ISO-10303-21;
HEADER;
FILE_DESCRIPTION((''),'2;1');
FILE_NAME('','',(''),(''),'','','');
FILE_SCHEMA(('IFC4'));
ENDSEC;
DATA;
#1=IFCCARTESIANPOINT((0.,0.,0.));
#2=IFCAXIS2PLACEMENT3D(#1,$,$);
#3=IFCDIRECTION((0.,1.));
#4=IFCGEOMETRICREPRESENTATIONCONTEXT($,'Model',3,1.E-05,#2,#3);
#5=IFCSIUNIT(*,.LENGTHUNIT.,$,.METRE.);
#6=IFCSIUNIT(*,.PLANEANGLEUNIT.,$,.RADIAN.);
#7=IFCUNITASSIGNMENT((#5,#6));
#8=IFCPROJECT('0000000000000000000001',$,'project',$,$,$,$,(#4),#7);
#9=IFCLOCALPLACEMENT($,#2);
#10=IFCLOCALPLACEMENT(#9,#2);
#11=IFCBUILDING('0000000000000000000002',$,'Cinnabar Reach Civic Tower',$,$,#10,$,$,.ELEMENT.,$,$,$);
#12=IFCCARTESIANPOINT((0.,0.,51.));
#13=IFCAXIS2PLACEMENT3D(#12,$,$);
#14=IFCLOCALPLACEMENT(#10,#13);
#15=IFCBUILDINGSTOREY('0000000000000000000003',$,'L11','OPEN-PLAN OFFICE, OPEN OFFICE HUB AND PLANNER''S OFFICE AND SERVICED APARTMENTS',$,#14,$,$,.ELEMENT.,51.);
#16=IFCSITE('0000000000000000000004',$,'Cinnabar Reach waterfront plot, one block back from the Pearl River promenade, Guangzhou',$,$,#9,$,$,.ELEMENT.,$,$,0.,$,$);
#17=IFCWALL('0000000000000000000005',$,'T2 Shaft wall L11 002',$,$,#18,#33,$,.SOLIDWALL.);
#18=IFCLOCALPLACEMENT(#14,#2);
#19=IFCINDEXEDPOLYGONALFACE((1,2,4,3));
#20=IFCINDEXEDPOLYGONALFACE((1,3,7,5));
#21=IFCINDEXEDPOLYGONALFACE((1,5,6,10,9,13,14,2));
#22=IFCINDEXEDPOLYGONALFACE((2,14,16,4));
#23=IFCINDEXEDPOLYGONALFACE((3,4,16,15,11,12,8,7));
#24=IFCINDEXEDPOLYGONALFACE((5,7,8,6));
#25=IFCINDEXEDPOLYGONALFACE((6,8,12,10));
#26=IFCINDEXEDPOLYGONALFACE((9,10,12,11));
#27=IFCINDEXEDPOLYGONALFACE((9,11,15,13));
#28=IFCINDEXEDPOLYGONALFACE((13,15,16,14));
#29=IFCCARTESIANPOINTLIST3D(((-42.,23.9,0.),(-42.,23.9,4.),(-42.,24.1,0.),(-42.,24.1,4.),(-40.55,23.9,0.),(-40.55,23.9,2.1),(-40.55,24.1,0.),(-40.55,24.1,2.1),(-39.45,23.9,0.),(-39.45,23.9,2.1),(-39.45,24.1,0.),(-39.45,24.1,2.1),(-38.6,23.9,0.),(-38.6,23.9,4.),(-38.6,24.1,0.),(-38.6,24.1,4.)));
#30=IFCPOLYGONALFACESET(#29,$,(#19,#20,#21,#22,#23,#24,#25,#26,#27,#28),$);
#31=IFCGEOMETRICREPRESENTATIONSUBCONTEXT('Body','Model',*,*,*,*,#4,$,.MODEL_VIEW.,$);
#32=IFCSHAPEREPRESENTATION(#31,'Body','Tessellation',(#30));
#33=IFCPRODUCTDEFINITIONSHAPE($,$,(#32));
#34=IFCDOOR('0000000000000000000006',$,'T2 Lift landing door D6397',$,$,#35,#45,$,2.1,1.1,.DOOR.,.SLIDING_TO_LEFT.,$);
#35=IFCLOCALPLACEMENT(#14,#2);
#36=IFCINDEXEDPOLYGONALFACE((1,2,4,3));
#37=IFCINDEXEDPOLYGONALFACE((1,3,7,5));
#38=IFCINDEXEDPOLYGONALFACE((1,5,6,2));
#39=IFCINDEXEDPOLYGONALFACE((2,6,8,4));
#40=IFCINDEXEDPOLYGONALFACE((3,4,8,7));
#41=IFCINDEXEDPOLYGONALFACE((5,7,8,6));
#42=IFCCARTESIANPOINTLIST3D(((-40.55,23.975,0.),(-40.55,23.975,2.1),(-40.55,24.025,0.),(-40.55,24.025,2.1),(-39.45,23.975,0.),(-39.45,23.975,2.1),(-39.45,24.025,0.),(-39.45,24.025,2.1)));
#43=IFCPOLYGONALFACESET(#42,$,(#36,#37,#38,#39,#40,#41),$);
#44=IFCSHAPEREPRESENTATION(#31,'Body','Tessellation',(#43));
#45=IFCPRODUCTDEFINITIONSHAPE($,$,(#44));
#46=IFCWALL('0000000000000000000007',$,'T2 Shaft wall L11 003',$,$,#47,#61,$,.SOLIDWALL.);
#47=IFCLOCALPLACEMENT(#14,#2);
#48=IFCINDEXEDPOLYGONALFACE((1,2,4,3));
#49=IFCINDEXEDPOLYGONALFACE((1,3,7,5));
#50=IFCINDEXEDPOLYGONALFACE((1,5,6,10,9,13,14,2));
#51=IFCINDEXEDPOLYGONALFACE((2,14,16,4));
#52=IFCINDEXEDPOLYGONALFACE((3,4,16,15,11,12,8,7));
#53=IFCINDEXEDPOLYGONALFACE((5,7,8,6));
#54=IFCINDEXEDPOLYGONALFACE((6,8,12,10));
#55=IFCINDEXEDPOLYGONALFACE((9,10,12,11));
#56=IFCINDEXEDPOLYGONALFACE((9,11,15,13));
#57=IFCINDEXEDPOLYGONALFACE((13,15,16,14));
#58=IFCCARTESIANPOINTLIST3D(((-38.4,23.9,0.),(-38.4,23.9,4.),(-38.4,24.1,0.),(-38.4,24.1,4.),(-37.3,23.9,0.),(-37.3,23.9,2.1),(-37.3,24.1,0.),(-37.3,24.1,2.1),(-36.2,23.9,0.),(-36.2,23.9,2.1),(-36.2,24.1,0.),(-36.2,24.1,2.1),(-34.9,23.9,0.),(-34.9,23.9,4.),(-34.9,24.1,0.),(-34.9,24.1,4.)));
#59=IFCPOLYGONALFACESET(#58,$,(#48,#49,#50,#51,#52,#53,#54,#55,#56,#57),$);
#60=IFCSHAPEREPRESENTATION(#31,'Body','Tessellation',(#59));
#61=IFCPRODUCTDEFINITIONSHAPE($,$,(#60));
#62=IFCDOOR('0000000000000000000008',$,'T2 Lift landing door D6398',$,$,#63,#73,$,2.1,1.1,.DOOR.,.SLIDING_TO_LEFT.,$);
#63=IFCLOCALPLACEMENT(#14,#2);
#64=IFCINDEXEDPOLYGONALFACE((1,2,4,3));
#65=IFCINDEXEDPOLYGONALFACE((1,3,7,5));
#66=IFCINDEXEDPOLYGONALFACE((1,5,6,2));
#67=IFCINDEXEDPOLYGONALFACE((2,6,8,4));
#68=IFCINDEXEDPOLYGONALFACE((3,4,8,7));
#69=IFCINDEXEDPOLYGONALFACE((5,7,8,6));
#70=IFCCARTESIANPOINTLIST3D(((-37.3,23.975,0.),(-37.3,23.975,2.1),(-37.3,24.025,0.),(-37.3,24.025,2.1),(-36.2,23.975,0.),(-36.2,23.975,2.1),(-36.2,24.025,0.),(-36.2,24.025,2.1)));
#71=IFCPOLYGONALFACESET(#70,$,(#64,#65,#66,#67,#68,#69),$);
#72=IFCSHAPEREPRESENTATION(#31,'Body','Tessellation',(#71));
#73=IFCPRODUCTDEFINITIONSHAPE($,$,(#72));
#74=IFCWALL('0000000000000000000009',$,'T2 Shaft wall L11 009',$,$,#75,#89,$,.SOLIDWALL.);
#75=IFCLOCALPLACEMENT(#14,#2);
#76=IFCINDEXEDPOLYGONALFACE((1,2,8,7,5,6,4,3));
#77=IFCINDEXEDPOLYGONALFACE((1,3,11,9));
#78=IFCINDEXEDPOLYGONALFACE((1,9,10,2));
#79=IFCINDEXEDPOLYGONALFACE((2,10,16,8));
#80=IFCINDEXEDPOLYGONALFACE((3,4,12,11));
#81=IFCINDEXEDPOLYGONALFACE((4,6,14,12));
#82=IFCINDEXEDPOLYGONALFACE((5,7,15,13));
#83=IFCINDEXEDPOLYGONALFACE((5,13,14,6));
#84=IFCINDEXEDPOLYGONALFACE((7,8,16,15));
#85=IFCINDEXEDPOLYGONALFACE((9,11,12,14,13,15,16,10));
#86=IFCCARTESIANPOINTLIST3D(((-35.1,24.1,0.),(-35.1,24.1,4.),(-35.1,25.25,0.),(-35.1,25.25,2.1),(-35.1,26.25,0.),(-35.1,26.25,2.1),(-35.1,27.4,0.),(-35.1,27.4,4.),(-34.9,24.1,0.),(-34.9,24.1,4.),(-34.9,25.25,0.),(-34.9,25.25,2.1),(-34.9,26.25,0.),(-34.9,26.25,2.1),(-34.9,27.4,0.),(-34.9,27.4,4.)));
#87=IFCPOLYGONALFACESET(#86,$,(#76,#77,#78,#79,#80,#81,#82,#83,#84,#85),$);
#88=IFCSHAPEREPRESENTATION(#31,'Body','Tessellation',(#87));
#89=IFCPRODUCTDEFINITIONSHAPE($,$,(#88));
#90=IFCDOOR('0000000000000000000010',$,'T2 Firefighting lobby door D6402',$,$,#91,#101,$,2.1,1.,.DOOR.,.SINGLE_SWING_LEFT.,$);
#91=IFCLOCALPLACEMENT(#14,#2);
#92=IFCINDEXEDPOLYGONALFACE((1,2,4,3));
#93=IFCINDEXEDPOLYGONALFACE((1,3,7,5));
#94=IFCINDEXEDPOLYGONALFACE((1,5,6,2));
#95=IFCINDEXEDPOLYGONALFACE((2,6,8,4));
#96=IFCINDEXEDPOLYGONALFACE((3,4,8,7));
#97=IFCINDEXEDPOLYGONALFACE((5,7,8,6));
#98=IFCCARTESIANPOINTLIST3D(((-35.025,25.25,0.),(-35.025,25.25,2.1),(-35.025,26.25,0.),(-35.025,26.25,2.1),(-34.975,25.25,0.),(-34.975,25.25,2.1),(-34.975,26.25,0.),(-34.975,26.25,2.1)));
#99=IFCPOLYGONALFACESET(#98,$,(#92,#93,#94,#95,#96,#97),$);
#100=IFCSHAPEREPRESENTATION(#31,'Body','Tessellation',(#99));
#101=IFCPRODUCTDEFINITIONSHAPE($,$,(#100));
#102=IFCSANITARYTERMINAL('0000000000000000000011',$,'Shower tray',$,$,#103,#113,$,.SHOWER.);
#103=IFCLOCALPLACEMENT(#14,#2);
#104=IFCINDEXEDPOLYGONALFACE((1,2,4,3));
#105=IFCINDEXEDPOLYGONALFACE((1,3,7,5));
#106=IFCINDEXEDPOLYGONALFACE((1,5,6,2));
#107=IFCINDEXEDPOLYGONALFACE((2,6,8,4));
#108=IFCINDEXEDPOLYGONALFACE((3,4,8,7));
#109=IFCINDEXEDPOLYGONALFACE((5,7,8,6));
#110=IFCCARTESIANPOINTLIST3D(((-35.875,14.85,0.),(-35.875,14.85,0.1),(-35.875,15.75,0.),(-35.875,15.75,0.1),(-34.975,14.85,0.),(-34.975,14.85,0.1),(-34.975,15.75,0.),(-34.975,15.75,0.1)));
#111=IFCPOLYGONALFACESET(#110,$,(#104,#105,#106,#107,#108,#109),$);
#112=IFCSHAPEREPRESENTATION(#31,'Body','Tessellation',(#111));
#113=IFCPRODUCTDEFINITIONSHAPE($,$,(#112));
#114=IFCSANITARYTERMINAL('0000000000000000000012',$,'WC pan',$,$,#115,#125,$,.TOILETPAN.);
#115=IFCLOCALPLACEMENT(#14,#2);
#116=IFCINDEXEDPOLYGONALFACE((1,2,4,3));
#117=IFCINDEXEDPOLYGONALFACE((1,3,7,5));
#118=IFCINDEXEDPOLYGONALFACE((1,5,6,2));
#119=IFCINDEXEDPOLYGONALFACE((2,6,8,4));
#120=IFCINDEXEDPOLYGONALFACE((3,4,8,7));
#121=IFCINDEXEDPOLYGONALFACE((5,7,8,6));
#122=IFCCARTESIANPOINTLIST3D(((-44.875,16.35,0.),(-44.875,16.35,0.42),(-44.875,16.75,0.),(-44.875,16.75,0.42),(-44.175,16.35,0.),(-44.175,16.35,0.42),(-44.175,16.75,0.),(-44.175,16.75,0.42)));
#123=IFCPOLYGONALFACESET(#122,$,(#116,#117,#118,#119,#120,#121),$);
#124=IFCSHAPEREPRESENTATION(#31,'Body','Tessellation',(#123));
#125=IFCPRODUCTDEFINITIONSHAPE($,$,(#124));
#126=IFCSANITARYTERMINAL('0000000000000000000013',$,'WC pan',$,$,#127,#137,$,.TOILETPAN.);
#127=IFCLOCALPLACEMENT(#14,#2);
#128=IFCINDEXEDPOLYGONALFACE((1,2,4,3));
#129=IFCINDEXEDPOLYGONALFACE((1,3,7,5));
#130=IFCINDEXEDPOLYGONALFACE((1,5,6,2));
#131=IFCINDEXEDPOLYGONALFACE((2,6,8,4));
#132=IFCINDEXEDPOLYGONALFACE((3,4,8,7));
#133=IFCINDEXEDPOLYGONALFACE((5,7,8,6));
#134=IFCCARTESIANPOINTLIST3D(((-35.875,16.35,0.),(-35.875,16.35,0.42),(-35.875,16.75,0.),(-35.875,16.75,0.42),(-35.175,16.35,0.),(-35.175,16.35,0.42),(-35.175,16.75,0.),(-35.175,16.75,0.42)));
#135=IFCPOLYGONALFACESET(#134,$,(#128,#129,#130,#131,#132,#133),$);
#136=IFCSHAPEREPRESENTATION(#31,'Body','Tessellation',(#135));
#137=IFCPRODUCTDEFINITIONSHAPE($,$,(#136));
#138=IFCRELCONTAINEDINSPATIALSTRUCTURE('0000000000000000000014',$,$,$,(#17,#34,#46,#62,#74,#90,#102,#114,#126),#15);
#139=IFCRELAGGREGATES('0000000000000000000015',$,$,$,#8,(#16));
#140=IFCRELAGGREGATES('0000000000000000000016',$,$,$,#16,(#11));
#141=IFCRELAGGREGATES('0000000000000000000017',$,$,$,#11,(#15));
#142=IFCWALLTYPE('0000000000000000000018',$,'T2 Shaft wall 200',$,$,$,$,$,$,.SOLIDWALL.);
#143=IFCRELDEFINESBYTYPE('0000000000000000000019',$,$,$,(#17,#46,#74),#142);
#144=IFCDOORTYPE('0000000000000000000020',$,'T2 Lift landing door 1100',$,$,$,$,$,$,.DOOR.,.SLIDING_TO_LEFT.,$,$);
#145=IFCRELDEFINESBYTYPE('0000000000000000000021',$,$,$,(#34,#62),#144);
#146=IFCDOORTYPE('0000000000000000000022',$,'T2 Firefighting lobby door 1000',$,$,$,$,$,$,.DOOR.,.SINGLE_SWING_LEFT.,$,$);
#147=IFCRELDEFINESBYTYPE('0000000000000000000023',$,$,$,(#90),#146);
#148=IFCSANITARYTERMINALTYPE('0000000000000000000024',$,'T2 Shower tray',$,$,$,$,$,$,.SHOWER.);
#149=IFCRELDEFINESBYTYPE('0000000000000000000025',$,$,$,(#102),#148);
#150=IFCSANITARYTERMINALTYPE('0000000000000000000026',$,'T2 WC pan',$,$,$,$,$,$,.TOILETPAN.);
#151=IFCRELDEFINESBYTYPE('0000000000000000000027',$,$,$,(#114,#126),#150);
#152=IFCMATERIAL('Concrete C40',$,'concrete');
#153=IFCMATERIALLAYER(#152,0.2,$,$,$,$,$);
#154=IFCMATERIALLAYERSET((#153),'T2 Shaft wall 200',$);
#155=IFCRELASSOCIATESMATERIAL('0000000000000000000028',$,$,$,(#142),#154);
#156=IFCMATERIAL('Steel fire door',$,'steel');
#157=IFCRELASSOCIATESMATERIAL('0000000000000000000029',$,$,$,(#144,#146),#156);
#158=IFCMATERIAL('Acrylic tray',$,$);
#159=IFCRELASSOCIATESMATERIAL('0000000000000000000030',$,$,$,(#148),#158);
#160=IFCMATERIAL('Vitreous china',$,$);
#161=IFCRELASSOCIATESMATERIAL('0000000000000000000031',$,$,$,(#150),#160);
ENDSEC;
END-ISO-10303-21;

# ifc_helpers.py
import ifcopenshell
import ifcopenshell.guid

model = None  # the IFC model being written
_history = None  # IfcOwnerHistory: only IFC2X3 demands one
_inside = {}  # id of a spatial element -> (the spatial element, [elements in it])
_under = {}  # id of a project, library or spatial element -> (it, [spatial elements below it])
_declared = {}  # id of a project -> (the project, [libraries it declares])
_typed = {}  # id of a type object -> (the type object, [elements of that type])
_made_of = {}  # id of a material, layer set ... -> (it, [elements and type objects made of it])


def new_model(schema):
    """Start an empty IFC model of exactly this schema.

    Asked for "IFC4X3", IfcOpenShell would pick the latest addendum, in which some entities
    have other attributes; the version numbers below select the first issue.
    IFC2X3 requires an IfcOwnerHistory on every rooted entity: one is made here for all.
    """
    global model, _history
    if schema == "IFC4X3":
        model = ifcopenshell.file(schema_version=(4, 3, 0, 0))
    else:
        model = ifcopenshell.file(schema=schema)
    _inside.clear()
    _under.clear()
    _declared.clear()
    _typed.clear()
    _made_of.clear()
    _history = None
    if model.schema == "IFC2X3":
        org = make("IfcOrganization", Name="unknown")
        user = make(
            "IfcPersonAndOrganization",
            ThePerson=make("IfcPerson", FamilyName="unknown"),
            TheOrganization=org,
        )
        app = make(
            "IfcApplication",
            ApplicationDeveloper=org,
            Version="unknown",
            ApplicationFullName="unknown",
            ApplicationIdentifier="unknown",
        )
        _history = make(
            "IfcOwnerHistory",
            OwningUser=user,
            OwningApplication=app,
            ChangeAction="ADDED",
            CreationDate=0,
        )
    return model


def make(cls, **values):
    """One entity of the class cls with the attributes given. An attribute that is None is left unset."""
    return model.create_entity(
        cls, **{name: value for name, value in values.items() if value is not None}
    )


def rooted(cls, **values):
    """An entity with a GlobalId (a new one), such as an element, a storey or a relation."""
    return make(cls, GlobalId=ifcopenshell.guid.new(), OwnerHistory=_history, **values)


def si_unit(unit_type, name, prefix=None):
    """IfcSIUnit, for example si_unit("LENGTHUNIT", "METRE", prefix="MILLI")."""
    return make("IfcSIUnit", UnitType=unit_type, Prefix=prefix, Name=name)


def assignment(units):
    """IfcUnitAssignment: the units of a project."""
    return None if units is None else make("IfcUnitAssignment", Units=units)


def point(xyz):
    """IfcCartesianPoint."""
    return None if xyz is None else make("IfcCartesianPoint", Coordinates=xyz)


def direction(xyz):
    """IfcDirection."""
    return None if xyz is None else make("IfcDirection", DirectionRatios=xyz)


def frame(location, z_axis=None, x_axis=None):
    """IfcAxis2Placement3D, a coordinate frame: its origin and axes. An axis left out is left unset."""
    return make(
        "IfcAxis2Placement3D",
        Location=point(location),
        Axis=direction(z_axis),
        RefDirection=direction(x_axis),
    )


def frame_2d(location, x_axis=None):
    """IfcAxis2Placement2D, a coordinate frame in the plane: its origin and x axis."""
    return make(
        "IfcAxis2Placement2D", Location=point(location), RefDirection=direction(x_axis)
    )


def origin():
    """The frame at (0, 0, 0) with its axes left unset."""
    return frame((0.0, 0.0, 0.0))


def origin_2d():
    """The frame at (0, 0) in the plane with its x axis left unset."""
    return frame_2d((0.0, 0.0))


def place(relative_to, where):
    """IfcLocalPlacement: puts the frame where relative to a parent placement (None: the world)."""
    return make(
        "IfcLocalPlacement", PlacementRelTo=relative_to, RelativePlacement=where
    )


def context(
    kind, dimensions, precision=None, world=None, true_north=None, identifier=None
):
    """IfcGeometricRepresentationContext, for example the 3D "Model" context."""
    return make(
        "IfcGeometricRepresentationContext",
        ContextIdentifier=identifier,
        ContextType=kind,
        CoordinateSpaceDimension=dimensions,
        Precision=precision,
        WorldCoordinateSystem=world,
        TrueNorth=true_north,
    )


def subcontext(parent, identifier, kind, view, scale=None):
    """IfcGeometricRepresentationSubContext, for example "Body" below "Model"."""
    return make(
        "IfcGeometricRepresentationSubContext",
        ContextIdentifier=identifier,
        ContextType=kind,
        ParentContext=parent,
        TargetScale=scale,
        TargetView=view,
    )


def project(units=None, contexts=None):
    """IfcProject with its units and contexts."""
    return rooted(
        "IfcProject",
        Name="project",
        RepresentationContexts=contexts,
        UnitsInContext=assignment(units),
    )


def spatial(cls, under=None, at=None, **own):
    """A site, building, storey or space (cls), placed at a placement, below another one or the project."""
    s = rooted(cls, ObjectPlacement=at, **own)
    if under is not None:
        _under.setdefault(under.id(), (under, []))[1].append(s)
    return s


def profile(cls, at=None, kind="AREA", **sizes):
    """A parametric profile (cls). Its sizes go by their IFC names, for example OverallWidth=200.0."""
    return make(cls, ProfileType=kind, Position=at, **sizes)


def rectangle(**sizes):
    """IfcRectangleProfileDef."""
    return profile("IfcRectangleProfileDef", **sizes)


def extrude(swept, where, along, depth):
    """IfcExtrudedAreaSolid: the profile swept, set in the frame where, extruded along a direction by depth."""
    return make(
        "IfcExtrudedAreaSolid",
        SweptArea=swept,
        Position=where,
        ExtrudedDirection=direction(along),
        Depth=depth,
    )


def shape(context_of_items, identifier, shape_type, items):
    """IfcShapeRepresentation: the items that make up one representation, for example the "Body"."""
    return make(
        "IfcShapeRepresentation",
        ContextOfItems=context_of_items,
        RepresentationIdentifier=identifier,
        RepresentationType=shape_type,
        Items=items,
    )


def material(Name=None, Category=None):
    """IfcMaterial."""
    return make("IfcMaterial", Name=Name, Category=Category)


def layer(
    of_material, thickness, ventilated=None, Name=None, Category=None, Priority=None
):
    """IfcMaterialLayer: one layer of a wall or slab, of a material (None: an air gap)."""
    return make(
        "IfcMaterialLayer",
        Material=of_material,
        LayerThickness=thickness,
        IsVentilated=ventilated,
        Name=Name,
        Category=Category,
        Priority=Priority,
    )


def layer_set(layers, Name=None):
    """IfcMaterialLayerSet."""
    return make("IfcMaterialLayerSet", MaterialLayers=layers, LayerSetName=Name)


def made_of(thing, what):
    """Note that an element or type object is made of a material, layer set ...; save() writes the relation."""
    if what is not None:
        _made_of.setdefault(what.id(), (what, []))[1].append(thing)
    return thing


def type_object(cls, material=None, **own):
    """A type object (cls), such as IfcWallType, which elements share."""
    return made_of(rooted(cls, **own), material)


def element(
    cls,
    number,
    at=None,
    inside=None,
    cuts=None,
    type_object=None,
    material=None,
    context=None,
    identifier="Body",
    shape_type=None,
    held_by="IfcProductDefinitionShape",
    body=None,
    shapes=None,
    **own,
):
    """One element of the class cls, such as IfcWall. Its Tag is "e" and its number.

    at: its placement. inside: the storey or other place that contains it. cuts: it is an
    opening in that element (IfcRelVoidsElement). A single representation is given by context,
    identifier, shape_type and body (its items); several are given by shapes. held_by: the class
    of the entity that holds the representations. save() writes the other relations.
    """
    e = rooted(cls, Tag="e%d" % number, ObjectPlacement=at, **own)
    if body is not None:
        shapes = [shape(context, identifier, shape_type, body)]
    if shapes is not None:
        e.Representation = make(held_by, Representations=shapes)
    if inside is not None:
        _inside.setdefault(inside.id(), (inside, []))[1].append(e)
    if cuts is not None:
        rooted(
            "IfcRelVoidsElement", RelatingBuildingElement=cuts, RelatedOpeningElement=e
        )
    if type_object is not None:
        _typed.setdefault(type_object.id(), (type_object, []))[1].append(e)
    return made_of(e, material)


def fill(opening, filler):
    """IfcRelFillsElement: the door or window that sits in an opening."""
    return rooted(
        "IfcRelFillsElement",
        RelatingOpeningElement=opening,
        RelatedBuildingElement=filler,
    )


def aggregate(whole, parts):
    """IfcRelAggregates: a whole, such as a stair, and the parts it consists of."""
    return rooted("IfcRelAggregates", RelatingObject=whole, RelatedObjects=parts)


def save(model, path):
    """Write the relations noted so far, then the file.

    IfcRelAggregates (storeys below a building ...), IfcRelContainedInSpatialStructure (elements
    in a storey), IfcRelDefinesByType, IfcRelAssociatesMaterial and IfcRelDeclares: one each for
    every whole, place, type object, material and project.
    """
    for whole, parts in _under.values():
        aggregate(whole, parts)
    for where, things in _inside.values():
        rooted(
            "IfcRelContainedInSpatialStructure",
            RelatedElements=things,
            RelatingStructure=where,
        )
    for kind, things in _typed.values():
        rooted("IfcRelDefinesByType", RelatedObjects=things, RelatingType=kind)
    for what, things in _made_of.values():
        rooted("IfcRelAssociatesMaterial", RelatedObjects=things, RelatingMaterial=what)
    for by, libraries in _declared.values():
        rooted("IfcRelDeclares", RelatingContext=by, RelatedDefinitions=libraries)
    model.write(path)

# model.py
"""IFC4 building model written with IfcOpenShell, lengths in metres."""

from ifc_helpers import new_model, si_unit, direction, frame, frame_2d, origin, origin_2d, place, context, subcontext, project, spatial, rectangle, extrude, material, layer, layer_set, type_object, element, fill, save


model = new_model("IFC4")

# Units and contexts
model_context = context("Model", 3, precision=1e-05, world=origin(), true_north=direction((0.0, 1.0)))
body_context = subcontext(model_context, "Body", "Model", "MODEL_VIEW")
ifc_project = project(units=[si_unit("LENGTHUNIT", "METRE"), si_unit("PLANEANGLEUNIT", "RADIAN")], contexts=[model_context])

# Site, building, storey
site_placement = place(None, origin())
site = spatial("IfcSite", under=ifc_project, at=site_placement, Name="Cinnabar Reach waterfront plot, one block back from the Pearl River promenade, Guangzhou", CompositionType="ELEMENT", RefElevation=0.0)
building_placement = place(site_placement, origin())
building = spatial("IfcBuilding", under=site, at=building_placement, Name="Cinnabar Reach Civic Tower", CompositionType="ELEMENT")
storey_placement = place(building_placement, frame((0.0, 0.0, 51.0)))
storey = spatial("IfcBuildingStorey", under=building, at=storey_placement, Name="L11", Description="OPEN-PLAN OFFICE, OPEN OFFICE HUB AND PLANNER'S OFFICE AND SERVICED APARTMENTS", CompositionType="ELEMENT", Elevation=51.0)

# Shared definitions
ifc_material_1 = material(Name="Concrete C40", Category="concrete")
ifc_layer_1 = layer(ifc_material_1, 0.2)
ifc_layer_set_1 = layer_set([ifc_layer_1], Name="T2 Shaft wall 200")
wall_type_1 = type_object("IfcWallType", Name="T2 Shaft wall 200", PredefinedType="SOLIDWALL", material=ifc_layer_set_1)

# Walls, openings, doors
wall_1_placement = place(storey_placement, frame((-38.6, 24.0, 0.0), z_axis=(0.0, 0.0, 1.0), x_axis=(-1.0, 0.0, 0.0)))
wall_1 = element("IfcWall", 1, at=wall_1_placement, inside=storey, type_object=wall_type_1, Name="T2 Shaft wall L11 002", PredefinedType="SOLIDWALL", context=body_context, shape_type="SweptSolid", body=[
    extrude(rectangle(XDim=3.4, YDim=0.2, at=frame_2d((1.7, 0.0))), origin(), (0.0, 0.0, 1.0), 4.0),
])
opening_1_placement = place(wall_1_placement, frame((0.85, 0.0, 0.0)))
opening_1 = element("IfcOpeningElement", 2, at=opening_1_placement, cuts=wall_1, PredefinedType="OPENING", context=body_context, shape_type="SweptSolid", body=[
    extrude(rectangle(XDim=1.1, YDim=2.1, at=frame_2d((0.55, 1.05))), frame((0.0, 0.11, 0.0), z_axis=(0.0, -1.0, 0.0), x_axis=(1.0, 0.0, 0.0)), (0.0, 0.0, 1.0), 0.22),
])
ifc_material_2 = material(Name="Steel fire door", Category="steel")
door_type_1 = type_object("IfcDoorType", Name="T2 Lift landing door 1100", OperationType="SLIDING_TO_LEFT", PredefinedType="DOOR", material=ifc_material_2)
door_1_placement = place(opening_1_placement, origin())
door_1 = element("IfcDoor", 3, at=door_1_placement, inside=storey, type_object=door_type_1, Name="T2 Lift landing door D6397", OperationType="SLIDING_TO_LEFT", OverallHeight=2.1, OverallWidth=1.1, PredefinedType="DOOR", context=body_context, shape_type="SweptSolid", body=[
    extrude(rectangle(XDim=1.1, YDim=2.1, at=frame_2d((0.55, 1.05))), frame((0.0, 0.025, 0.0), z_axis=(0.0, -1.0, 0.0), x_axis=(1.0, 0.0, 0.0)), (0.0, 0.0, 1.0), 0.05),
])
fill(opening_1, door_1)
wall_2_placement = place(storey_placement, frame((-34.9, 24.0, 0.0), z_axis=(0.0, 0.0, 1.0), x_axis=(-1.0, 0.0, 0.0)))
wall_2 = element("IfcWall", 4, at=wall_2_placement, inside=storey, type_object=wall_type_1, Name="T2 Shaft wall L11 003", PredefinedType="SOLIDWALL", context=body_context, shape_type="SweptSolid", body=[
    extrude(rectangle(XDim=3.5, YDim=0.2, at=frame_2d((1.75, 0.0))), origin(), (0.0, 0.0, 1.0), 4.0),
])
opening_2_placement = place(wall_2_placement, frame((1.3, 0.0, 0.0)))
opening_2 = element("IfcOpeningElement", 5, at=opening_2_placement, cuts=wall_2, PredefinedType="OPENING", context=body_context, shape_type="SweptSolid", body=[
    extrude(rectangle(XDim=1.1, YDim=2.1, at=frame_2d((0.55, 1.05))), frame((0.0, 0.11, 0.0), z_axis=(0.0, -1.0, 0.0), x_axis=(1.0, 0.0, 0.0)), (0.0, 0.0, 1.0), 0.22),
])
door_2_placement = place(opening_2_placement, origin())
door_2 = element("IfcDoor", 6, at=door_2_placement, inside=storey, type_object=door_type_1, Name="T2 Lift landing door D6398", OperationType="SLIDING_TO_LEFT", OverallHeight=2.1, OverallWidth=1.1, PredefinedType="DOOR", context=body_context, shape_type="SweptSolid", body=[
    extrude(rectangle(XDim=1.1, YDim=2.1, at=frame_2d((0.55, 1.05))), frame((0.0, 0.025, 0.0), z_axis=(0.0, -1.0, 0.0), x_axis=(1.0, 0.0, 0.0)), (0.0, 0.0, 1.0), 0.05),
])
fill(opening_2, door_2)
wall_3_placement = place(storey_placement, frame((-35.0, 24.1, 0.0), z_axis=(0.0, 0.0, 1.0), x_axis=(0.0, 1.0, 0.0)))
wall_3 = element("IfcWall", 7, at=wall_3_placement, inside=storey, type_object=wall_type_1, Name="T2 Shaft wall L11 009", PredefinedType="SOLIDWALL", context=body_context, shape_type="SweptSolid", body=[
    extrude(rectangle(XDim=3.3, YDim=0.2, at=frame_2d((1.65, 0.0))), origin(), (0.0, 0.0, 1.0), 4.0),
])
opening_3_placement = place(wall_3_placement, frame((1.15, 0.0, 0.0)))
opening_3 = element("IfcOpeningElement", 8, at=opening_3_placement, cuts=wall_3, PredefinedType="OPENING", context=body_context, shape_type="SweptSolid", body=[
    extrude(rectangle(XDim=1.0, YDim=2.1, at=frame_2d((0.5, 1.05))), frame((0.0, 0.11, 0.0), z_axis=(0.0, -1.0, 0.0), x_axis=(1.0, 0.0, 0.0)), (0.0, 0.0, 1.0), 0.22),
])
door_type_2 = type_object("IfcDoorType", Name="T2 Firefighting lobby door 1000", OperationType="SINGLE_SWING_LEFT", PredefinedType="DOOR", material=ifc_material_2)
door_3_placement = place(opening_3_placement, origin())
door_3 = element("IfcDoor", 9, at=door_3_placement, inside=storey, type_object=door_type_2, Name="T2 Firefighting lobby door D6402", OperationType="SINGLE_SWING_LEFT", OverallHeight=2.1, OverallWidth=1.0, PredefinedType="DOOR", context=body_context, shape_type="SweptSolid", body=[
    extrude(rectangle(XDim=1.0, YDim=2.1, at=frame_2d((0.5, 1.05))), frame((0.0, 0.025, 0.0), z_axis=(0.0, -1.0, 0.0), x_axis=(1.0, 0.0, 0.0)), (0.0, 0.0, 1.0), 0.05),
])
fill(opening_3, door_3)

# Sanitary terminals
ifc_material_3 = material(Name="Acrylic tray")
sanitary_terminal_type_1 = type_object("IfcSanitaryTerminalType", Name="T2 Shower tray", PredefinedType="SHOWER", material=ifc_material_3)
sanitary_terminal_placement = place(storey_placement, frame((-35.425, 15.3, 0.0), z_axis=(0.0, 0.0, 1.0), x_axis=(1.0, 0.0, 0.0)))
element("IfcSanitaryTerminal", 10, at=sanitary_terminal_placement, inside=storey, type_object=sanitary_terminal_type_1, Name="Shower tray", PredefinedType="SHOWER", context=body_context, shape_type="SweptSolid", body=[
    extrude(rectangle(XDim=0.9, YDim=0.9, at=origin_2d()), origin(), (0.0, 0.0, 1.0), 0.1),
])
ifc_material_4 = material(Name="Vitreous china")
sanitary_terminal_type_2 = type_object("IfcSanitaryTerminalType", Name="T2 WC pan", PredefinedType="TOILETPAN", material=ifc_material_4)
for number, where, z_axis, x_axis, name in (
    (11, (-44.525, 16.55, 0.0), (0.0, 0.0, 1.0), (1.0, 0.0, 0.0), "WC pan"),
    (12, (-35.525, 16.55, 0.0), (0.0, 0.0, 1.0), (1.0, 0.0, 0.0), "WC pan"),
):
    element("IfcSanitaryTerminal", number, at=place(storey_placement, frame(where, z_axis=z_axis, x_axis=x_axis)), inside=storey, type_object=sanitary_terminal_type_2, Name=name, PredefinedType="TOILETPAN", context=body_context, shape_type="SweptSolid", body=[
        extrude(rectangle(XDim=0.7, YDim=0.4, at=origin_2d()), origin(), (0.0, 0.0, 1.0), 0.42),
    ])

save(model, "model.ifc")
